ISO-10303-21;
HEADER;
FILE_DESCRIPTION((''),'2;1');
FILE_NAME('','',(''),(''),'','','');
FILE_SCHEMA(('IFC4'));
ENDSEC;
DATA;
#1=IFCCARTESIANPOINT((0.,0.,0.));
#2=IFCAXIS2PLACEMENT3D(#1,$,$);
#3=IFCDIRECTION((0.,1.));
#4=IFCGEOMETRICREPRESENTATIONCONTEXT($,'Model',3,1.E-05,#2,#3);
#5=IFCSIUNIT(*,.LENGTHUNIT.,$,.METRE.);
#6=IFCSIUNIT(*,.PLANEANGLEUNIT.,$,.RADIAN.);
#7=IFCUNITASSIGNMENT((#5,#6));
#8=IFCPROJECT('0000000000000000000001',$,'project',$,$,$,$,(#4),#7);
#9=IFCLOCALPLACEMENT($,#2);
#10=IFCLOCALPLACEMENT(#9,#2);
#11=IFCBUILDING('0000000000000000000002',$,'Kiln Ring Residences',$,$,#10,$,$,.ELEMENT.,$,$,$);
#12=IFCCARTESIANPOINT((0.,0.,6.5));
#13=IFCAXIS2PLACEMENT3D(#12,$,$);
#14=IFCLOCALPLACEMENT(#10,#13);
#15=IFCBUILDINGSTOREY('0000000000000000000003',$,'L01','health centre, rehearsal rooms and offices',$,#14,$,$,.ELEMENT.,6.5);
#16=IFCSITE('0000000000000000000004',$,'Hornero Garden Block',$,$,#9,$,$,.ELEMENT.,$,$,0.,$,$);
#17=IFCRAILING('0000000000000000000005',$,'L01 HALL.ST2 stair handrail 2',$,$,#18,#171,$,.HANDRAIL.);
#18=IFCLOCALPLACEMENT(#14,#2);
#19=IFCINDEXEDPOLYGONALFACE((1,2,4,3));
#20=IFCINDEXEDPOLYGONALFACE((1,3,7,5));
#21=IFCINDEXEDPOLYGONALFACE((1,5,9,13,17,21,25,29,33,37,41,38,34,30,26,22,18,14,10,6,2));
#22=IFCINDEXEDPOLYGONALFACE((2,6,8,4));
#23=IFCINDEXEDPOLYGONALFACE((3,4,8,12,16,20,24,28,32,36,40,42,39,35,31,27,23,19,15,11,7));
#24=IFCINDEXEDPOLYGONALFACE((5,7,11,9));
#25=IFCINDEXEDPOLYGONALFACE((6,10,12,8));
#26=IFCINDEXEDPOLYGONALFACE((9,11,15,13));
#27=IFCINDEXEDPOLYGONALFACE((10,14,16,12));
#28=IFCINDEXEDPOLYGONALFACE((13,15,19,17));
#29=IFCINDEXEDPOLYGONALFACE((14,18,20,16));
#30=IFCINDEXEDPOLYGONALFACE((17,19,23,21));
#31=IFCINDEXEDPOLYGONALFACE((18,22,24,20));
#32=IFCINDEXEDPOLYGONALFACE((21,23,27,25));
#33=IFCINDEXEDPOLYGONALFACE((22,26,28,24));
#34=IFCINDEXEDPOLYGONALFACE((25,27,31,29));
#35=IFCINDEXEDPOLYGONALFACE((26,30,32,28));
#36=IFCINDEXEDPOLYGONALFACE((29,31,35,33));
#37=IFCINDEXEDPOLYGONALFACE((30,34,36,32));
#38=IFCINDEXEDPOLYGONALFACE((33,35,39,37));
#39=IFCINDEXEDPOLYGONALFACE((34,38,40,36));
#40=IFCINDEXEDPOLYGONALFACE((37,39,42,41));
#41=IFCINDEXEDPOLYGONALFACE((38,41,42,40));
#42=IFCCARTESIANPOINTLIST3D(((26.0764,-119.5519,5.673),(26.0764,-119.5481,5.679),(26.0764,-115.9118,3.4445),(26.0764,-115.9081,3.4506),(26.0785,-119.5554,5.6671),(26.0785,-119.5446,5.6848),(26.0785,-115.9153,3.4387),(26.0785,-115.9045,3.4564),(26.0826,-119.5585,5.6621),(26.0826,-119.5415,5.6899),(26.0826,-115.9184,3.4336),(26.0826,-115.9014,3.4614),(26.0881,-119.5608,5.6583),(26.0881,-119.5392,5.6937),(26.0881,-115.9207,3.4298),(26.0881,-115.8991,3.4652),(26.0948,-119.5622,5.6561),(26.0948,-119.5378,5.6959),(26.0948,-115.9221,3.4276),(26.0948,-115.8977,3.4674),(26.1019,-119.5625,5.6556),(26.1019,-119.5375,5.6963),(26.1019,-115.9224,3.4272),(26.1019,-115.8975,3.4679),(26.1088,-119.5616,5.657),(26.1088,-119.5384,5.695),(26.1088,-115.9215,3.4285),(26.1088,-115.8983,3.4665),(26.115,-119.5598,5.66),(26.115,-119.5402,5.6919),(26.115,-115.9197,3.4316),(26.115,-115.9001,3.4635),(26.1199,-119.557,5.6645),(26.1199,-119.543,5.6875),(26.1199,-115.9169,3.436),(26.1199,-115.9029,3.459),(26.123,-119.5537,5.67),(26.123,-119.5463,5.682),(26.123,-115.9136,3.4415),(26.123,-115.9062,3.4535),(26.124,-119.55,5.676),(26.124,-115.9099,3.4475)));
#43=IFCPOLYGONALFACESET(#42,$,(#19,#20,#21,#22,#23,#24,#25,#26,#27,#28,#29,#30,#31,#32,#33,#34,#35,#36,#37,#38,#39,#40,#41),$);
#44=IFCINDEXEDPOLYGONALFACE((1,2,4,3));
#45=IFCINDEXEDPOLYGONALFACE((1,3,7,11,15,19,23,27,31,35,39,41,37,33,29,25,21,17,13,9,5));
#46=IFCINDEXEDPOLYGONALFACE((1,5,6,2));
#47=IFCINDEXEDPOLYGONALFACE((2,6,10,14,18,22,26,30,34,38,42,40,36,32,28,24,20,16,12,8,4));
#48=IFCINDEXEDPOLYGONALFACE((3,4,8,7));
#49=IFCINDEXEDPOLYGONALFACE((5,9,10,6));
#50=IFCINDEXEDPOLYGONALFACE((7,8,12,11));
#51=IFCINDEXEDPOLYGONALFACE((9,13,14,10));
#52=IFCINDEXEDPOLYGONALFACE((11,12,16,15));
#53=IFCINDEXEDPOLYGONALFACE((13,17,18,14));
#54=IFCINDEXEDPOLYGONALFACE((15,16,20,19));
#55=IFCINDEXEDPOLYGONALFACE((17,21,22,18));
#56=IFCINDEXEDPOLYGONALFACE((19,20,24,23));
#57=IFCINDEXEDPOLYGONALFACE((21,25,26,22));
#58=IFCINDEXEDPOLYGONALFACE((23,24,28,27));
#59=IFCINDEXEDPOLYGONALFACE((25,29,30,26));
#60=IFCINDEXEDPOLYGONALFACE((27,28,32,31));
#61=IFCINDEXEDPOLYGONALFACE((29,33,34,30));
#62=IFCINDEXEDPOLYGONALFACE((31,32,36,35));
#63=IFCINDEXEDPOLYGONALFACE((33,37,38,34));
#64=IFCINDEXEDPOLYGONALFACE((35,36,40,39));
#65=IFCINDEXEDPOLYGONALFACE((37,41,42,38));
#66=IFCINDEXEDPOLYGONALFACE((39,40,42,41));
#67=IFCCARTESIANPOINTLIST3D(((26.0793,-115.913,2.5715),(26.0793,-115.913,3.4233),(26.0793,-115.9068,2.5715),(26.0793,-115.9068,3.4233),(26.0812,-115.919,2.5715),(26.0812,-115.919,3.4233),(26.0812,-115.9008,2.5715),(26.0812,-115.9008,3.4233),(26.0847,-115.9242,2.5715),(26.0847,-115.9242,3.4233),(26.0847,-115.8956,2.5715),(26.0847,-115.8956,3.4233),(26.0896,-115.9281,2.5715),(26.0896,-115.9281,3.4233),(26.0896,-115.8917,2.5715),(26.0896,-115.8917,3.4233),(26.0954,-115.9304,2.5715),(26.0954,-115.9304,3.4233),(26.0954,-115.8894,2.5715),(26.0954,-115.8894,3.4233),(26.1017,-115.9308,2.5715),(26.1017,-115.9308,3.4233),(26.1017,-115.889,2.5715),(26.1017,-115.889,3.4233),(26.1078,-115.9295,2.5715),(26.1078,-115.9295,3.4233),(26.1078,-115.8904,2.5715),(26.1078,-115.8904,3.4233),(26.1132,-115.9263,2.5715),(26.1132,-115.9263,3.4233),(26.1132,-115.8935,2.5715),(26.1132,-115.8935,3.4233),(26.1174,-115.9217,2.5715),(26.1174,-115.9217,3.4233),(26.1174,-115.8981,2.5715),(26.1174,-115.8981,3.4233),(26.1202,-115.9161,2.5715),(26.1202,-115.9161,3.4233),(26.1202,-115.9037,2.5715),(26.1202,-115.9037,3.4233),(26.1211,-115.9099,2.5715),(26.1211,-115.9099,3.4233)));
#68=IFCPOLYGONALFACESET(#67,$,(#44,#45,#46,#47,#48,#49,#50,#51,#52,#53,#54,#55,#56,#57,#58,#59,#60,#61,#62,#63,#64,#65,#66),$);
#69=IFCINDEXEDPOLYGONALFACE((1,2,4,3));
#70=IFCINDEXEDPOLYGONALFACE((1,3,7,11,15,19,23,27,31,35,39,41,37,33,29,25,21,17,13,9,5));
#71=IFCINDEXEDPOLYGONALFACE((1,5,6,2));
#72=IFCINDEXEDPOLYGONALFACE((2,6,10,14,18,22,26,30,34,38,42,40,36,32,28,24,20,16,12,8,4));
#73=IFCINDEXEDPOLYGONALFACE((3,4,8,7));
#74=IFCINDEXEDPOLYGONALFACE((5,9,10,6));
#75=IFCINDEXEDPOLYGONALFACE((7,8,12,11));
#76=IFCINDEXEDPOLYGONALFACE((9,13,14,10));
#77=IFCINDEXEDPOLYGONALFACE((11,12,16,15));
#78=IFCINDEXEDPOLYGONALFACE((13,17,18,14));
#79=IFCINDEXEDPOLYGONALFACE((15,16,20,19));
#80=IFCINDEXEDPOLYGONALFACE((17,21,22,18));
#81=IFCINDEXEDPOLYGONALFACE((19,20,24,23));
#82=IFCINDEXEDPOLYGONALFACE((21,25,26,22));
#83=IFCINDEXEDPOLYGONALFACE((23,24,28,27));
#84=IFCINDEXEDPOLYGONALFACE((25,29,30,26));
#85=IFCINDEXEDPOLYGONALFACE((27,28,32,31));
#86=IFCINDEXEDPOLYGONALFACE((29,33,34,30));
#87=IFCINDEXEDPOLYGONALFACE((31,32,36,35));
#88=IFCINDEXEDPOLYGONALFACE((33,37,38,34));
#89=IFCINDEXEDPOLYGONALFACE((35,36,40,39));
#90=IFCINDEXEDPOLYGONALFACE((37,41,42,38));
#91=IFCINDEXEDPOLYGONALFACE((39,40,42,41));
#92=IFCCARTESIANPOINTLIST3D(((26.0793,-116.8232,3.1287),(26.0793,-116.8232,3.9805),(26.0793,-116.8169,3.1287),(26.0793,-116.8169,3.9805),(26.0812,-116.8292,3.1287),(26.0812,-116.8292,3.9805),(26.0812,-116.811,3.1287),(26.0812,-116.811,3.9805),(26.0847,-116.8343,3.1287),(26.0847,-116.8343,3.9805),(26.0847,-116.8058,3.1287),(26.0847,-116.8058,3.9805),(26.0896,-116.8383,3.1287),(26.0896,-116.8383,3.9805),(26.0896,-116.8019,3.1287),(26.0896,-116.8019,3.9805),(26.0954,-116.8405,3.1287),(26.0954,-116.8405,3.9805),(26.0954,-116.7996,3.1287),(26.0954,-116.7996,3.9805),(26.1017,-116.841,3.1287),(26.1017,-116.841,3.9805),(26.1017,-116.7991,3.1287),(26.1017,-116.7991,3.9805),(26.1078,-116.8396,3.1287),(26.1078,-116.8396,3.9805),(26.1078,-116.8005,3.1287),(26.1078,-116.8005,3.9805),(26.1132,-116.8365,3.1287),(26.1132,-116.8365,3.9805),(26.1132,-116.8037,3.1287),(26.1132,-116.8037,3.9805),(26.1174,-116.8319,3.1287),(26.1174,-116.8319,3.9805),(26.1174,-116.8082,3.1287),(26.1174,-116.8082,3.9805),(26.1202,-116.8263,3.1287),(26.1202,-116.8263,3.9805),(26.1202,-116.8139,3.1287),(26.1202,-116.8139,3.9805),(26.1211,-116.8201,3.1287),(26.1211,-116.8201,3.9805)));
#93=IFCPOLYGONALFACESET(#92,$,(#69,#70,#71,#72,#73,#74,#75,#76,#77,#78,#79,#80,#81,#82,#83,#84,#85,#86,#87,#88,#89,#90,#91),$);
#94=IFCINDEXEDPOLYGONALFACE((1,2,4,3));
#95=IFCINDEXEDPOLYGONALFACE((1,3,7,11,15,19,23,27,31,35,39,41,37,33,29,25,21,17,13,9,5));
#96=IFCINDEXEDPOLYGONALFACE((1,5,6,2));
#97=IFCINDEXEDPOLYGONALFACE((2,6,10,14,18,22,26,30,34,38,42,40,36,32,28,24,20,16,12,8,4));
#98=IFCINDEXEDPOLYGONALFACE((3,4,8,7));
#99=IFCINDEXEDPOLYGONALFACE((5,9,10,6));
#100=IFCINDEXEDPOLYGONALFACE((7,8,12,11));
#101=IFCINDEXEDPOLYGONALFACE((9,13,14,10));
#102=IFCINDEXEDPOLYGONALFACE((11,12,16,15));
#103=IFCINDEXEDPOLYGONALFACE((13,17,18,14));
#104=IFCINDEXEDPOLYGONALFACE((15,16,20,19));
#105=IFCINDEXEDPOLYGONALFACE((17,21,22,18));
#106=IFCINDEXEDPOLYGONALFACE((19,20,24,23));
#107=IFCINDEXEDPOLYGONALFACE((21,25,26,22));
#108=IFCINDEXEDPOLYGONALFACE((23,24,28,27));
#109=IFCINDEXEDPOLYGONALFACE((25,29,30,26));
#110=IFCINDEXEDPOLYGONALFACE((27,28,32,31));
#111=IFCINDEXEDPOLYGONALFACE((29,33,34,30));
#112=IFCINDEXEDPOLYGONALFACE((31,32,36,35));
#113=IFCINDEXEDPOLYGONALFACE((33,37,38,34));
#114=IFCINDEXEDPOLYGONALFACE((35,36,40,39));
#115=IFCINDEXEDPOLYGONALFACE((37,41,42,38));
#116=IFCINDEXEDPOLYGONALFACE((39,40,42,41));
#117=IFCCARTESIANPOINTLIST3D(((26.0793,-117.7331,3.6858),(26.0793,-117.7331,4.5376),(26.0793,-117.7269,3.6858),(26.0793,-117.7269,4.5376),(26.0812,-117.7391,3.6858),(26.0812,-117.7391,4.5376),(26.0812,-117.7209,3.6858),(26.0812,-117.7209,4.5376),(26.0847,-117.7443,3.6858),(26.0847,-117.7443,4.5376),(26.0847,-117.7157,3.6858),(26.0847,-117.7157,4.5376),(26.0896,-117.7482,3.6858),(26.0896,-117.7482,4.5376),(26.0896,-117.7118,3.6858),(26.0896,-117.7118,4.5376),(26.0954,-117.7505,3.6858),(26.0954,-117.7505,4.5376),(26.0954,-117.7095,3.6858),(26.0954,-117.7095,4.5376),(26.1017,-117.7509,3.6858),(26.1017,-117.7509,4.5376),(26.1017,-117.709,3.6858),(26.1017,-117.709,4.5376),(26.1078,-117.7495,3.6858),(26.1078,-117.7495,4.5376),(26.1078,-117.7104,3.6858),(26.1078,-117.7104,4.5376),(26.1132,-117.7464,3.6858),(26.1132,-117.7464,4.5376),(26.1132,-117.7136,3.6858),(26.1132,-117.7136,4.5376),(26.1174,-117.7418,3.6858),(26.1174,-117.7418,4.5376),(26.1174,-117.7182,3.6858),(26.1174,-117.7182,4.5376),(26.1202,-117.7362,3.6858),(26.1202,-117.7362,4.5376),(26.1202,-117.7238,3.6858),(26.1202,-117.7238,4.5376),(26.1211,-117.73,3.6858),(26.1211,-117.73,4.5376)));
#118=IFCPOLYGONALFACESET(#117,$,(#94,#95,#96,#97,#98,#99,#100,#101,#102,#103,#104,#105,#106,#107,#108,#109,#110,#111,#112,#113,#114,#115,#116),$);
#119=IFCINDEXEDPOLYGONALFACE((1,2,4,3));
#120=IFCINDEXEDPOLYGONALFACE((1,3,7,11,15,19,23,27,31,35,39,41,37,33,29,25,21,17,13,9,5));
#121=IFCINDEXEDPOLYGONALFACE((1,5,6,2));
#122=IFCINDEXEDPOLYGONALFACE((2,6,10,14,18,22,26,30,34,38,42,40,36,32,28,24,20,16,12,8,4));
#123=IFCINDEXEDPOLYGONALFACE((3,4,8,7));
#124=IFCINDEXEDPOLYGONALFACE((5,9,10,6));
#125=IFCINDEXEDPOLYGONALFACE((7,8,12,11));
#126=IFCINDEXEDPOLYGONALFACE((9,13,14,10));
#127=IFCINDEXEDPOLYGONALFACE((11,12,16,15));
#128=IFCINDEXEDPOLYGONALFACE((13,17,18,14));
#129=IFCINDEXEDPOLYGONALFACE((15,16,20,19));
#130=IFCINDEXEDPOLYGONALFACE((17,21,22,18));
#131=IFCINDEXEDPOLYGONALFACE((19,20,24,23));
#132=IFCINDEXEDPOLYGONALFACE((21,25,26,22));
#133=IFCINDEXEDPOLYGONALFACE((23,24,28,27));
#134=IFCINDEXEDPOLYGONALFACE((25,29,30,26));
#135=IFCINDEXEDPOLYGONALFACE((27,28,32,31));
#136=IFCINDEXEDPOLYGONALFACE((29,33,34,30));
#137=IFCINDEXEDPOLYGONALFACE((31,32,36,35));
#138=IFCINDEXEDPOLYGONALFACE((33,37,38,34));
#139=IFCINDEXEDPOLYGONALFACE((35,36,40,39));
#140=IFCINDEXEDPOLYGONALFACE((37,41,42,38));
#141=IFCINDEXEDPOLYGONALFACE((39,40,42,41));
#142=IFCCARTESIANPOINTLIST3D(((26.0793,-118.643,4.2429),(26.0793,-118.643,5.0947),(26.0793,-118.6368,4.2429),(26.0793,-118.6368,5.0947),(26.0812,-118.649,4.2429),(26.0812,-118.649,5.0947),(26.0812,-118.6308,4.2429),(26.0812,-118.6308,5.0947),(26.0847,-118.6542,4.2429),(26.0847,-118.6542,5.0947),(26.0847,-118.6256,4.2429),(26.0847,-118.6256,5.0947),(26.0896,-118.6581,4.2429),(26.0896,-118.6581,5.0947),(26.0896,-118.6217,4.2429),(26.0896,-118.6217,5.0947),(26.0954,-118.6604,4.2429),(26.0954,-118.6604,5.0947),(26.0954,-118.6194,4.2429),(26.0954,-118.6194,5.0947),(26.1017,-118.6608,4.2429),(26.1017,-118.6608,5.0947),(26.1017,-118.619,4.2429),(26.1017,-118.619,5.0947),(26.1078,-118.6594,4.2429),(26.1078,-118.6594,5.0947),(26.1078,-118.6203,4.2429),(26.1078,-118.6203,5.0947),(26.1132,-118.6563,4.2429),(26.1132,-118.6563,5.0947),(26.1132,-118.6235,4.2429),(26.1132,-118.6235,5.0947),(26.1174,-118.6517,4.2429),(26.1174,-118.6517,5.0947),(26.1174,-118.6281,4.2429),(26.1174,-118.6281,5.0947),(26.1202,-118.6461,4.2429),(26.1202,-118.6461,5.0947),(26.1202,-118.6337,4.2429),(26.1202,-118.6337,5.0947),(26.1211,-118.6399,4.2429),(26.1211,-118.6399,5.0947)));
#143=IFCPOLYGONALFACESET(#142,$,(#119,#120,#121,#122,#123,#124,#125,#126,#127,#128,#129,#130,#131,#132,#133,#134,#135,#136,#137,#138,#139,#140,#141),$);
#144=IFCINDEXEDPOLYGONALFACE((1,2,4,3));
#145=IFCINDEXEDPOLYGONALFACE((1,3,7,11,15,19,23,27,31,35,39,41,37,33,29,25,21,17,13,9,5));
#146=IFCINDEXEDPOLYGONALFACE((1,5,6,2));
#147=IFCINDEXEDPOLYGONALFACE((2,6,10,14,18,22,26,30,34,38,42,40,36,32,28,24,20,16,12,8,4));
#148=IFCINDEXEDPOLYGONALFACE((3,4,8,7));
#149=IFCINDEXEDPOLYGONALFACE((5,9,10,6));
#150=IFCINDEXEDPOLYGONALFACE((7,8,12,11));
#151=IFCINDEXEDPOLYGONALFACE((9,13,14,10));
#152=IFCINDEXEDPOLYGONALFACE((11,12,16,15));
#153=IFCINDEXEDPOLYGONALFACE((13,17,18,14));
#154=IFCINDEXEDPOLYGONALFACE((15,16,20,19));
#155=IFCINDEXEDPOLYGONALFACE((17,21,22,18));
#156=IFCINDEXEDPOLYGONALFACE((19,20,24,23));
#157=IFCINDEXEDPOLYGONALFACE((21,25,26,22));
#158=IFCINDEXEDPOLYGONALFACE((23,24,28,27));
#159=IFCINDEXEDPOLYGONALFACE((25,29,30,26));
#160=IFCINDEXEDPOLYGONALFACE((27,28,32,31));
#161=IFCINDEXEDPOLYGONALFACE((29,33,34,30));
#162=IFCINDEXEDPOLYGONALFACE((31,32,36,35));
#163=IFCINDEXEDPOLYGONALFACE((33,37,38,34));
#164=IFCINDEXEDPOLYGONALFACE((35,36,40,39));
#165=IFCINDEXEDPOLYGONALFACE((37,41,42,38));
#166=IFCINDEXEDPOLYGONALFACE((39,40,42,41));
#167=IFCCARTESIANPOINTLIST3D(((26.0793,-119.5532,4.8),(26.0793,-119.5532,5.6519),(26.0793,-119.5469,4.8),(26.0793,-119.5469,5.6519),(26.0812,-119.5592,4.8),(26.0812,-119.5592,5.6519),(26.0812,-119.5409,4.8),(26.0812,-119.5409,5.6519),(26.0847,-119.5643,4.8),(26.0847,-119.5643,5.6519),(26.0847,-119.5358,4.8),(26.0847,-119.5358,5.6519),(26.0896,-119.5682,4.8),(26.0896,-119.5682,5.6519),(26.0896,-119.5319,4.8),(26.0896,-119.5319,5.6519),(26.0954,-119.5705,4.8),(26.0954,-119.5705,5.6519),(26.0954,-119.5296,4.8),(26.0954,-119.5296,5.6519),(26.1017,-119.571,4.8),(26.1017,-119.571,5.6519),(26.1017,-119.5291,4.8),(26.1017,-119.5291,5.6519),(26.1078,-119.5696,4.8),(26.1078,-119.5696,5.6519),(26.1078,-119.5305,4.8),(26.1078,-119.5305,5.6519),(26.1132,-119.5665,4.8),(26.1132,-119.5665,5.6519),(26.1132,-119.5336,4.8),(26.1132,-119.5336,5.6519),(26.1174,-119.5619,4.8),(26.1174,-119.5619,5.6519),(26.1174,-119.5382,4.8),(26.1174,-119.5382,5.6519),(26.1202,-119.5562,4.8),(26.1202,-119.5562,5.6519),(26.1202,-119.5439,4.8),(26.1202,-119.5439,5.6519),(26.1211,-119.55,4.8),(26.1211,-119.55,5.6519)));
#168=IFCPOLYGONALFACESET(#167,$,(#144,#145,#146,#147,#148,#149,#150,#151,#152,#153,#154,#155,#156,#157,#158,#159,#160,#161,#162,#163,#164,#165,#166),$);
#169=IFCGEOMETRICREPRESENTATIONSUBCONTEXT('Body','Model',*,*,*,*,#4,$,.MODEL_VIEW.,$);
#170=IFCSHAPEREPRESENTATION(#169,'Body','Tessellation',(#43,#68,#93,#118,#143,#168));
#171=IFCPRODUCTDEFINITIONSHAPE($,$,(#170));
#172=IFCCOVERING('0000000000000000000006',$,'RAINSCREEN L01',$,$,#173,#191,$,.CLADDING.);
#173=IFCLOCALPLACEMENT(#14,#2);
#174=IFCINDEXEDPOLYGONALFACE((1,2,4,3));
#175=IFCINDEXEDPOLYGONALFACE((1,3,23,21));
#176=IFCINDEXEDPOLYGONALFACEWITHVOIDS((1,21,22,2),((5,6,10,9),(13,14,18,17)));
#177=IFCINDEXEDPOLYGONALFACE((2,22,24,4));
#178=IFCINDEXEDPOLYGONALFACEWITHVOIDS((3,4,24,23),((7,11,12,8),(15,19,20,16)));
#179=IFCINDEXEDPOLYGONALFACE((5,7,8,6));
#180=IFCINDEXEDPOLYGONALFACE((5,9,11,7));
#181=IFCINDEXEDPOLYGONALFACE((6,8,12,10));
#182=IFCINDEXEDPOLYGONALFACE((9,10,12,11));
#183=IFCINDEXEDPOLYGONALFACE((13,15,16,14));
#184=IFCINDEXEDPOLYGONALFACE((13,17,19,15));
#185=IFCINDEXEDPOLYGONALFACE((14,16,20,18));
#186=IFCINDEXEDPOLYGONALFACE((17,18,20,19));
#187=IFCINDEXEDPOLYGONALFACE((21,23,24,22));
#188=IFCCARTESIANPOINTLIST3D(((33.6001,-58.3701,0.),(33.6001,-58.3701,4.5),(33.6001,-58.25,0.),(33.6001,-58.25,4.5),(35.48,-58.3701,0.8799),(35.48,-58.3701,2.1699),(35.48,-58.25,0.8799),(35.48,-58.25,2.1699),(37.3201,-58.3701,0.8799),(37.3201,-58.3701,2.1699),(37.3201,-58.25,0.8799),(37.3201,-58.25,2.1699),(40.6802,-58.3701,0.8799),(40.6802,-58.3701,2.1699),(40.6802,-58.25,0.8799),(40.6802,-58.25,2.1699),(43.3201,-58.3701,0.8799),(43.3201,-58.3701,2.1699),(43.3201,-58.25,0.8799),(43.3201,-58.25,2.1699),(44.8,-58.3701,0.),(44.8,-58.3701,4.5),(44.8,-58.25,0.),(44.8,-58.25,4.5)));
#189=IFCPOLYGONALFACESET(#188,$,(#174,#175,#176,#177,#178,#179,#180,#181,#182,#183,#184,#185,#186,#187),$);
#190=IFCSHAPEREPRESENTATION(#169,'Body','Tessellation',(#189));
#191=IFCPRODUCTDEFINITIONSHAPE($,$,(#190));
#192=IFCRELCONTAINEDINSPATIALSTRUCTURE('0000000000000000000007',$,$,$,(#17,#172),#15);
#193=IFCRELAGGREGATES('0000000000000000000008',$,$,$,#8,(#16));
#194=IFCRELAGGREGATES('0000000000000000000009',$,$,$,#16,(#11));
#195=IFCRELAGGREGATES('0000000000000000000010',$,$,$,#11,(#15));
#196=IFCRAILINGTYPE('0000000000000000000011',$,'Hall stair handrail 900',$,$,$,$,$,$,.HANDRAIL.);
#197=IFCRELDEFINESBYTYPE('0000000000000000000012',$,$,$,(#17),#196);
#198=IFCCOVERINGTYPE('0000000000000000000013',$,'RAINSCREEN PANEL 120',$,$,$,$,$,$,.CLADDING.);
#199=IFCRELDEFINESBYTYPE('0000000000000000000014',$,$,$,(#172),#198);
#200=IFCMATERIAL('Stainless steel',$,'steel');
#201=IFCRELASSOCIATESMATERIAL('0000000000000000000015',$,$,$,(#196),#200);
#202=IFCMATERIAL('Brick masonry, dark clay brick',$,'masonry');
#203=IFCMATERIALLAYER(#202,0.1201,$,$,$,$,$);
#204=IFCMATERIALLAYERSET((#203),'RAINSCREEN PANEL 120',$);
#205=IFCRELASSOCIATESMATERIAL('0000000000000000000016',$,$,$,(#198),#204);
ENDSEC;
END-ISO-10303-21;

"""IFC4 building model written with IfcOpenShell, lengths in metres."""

from ifc_helpers import new_model, si_unit, direction, frame, origin, origin_2d, place, context, subcontext, project, spatial, polyline, circle, outline, extrude, material, layer, layer_set, type_object, element, save


model = new_model("IFC4")

# Units and contexts
model_context = context("Model", 3, precision=1e-05, world=origin(), true_north=direction((0.0, 1.0)))
body_context = subcontext(model_context, "Body", "Model", "MODEL_VIEW")
ifc_project = project(units=[si_unit("LENGTHUNIT", "METRE"), si_unit("PLANEANGLEUNIT", "RADIAN")], contexts=[model_context])

# Site, building, storey
site_placement = place(None, origin())
site = spatial("IfcSite", under=ifc_project, at=site_placement, Name="Hornero Garden Block", CompositionType="ELEMENT", RefElevation=0.0)
building_placement = place(site_placement, origin())
building = spatial("IfcBuilding", under=site, at=building_placement, Name="Kiln Ring Residences", CompositionType="ELEMENT")
storey_placement = place(building_placement, frame((0.0, 0.0, 6.5)))
storey = spatial("IfcBuildingStorey", under=building, at=storey_placement, Name="L01", Description="health centre, rehearsal rooms and offices", CompositionType="ELEMENT", Elevation=6.5)

# Railing
ifc_material_1 = material(Name="Stainless steel", Category="steel")
railing_type_1 = type_object("IfcRailingType", Name="Hall stair handrail 900", PredefinedType="HANDRAIL", material=ifc_material_1)
railing_1_placement = place(storey_placement, frame((26.1001, -115.9099, 2.5715)))
element("IfcRailing", 1, at=railing_1_placement, inside=storey, type_object=railing_type_1, Name="L01 HALL.ST2 stair handrail 2", PredefinedType="HANDRAIL", context=body_context, shape_type="SweptSolid", body=[
    extrude(circle(Radius=0.0239, at=origin_2d()), frame((0.0, 0.0, 0.876), z_axis=(0.0, -0.852866, 0.52213), x_axis=(1.0, 0.0, 0.0)), (0.0, 0.0, 1.0), 4.2681),
    extrude(circle(Radius=0.021, at=origin_2d()), origin(), (0.0, 0.0, 1.0), 0.8518),
    extrude(circle(Radius=0.021, at=origin_2d()), frame((0.0, -0.9102, 0.5571)), (0.0, 0.0, 1.0), 0.8518),
    extrude(circle(Radius=0.021, at=origin_2d()), frame((0.0, -1.8201, 1.1143)), (0.0, 0.0, 1.0), 0.8518),
    extrude(circle(Radius=0.021, at=origin_2d()), frame((0.0, -2.73, 1.6714)), (0.0, 0.0, 1.0), 0.8518),
    extrude(circle(Radius=0.021, at=origin_2d()), frame((0.0, -3.6401, 2.2285)), (0.0, 0.0, 1.0), 0.8518),
])

# Covering
ifc_material_2 = material(Name="Brick masonry, dark clay brick", Category="masonry")
ifc_layer_1 = layer(ifc_material_2, 0.1201)
ifc_layer_set_1 = layer_set([ifc_layer_1], Name="RAINSCREEN PANEL 120")
covering_type = type_object("IfcCoveringType", Name="RAINSCREEN PANEL 120", PredefinedType="CLADDING", material=ifc_layer_set_1)
covering_placement = place(storey_placement, frame((33.6001, -58.3101, 0.0), z_axis=(0.0, 0.0, 1.0), x_axis=(1.0, 0.0, 0.0)))
element("IfcCovering", 2, at=covering_placement, inside=storey, type_object=covering_type, Name="RAINSCREEN L01", PredefinedType="CLADDING", context=body_context, shape_type="SweptSolid", body=[
    extrude(outline(polyline([(0.0, 0.0), (11.2, 0.0), (11.2, 4.5), (0.0, 4.5), (0.0, 0.0)]), holes=[polyline([(3.72, 2.1699), (1.8799, 2.1699), (1.8799, 0.8799), (3.72, 0.8799), (3.72, 2.1699)]), polyline([(9.72, 2.1699), (7.0801, 2.1699), (7.0801, 0.8799), (9.72, 0.8799), (9.72, 2.1699)])]), frame((0.0, 0.0601, 0.0), z_axis=(0.0, -1.0, 0.0), x_axis=(1.0, 0.0, 0.0)), (0.0, 0.0, 1.0), 0.1201),
])

save(model, "model.ifc")
